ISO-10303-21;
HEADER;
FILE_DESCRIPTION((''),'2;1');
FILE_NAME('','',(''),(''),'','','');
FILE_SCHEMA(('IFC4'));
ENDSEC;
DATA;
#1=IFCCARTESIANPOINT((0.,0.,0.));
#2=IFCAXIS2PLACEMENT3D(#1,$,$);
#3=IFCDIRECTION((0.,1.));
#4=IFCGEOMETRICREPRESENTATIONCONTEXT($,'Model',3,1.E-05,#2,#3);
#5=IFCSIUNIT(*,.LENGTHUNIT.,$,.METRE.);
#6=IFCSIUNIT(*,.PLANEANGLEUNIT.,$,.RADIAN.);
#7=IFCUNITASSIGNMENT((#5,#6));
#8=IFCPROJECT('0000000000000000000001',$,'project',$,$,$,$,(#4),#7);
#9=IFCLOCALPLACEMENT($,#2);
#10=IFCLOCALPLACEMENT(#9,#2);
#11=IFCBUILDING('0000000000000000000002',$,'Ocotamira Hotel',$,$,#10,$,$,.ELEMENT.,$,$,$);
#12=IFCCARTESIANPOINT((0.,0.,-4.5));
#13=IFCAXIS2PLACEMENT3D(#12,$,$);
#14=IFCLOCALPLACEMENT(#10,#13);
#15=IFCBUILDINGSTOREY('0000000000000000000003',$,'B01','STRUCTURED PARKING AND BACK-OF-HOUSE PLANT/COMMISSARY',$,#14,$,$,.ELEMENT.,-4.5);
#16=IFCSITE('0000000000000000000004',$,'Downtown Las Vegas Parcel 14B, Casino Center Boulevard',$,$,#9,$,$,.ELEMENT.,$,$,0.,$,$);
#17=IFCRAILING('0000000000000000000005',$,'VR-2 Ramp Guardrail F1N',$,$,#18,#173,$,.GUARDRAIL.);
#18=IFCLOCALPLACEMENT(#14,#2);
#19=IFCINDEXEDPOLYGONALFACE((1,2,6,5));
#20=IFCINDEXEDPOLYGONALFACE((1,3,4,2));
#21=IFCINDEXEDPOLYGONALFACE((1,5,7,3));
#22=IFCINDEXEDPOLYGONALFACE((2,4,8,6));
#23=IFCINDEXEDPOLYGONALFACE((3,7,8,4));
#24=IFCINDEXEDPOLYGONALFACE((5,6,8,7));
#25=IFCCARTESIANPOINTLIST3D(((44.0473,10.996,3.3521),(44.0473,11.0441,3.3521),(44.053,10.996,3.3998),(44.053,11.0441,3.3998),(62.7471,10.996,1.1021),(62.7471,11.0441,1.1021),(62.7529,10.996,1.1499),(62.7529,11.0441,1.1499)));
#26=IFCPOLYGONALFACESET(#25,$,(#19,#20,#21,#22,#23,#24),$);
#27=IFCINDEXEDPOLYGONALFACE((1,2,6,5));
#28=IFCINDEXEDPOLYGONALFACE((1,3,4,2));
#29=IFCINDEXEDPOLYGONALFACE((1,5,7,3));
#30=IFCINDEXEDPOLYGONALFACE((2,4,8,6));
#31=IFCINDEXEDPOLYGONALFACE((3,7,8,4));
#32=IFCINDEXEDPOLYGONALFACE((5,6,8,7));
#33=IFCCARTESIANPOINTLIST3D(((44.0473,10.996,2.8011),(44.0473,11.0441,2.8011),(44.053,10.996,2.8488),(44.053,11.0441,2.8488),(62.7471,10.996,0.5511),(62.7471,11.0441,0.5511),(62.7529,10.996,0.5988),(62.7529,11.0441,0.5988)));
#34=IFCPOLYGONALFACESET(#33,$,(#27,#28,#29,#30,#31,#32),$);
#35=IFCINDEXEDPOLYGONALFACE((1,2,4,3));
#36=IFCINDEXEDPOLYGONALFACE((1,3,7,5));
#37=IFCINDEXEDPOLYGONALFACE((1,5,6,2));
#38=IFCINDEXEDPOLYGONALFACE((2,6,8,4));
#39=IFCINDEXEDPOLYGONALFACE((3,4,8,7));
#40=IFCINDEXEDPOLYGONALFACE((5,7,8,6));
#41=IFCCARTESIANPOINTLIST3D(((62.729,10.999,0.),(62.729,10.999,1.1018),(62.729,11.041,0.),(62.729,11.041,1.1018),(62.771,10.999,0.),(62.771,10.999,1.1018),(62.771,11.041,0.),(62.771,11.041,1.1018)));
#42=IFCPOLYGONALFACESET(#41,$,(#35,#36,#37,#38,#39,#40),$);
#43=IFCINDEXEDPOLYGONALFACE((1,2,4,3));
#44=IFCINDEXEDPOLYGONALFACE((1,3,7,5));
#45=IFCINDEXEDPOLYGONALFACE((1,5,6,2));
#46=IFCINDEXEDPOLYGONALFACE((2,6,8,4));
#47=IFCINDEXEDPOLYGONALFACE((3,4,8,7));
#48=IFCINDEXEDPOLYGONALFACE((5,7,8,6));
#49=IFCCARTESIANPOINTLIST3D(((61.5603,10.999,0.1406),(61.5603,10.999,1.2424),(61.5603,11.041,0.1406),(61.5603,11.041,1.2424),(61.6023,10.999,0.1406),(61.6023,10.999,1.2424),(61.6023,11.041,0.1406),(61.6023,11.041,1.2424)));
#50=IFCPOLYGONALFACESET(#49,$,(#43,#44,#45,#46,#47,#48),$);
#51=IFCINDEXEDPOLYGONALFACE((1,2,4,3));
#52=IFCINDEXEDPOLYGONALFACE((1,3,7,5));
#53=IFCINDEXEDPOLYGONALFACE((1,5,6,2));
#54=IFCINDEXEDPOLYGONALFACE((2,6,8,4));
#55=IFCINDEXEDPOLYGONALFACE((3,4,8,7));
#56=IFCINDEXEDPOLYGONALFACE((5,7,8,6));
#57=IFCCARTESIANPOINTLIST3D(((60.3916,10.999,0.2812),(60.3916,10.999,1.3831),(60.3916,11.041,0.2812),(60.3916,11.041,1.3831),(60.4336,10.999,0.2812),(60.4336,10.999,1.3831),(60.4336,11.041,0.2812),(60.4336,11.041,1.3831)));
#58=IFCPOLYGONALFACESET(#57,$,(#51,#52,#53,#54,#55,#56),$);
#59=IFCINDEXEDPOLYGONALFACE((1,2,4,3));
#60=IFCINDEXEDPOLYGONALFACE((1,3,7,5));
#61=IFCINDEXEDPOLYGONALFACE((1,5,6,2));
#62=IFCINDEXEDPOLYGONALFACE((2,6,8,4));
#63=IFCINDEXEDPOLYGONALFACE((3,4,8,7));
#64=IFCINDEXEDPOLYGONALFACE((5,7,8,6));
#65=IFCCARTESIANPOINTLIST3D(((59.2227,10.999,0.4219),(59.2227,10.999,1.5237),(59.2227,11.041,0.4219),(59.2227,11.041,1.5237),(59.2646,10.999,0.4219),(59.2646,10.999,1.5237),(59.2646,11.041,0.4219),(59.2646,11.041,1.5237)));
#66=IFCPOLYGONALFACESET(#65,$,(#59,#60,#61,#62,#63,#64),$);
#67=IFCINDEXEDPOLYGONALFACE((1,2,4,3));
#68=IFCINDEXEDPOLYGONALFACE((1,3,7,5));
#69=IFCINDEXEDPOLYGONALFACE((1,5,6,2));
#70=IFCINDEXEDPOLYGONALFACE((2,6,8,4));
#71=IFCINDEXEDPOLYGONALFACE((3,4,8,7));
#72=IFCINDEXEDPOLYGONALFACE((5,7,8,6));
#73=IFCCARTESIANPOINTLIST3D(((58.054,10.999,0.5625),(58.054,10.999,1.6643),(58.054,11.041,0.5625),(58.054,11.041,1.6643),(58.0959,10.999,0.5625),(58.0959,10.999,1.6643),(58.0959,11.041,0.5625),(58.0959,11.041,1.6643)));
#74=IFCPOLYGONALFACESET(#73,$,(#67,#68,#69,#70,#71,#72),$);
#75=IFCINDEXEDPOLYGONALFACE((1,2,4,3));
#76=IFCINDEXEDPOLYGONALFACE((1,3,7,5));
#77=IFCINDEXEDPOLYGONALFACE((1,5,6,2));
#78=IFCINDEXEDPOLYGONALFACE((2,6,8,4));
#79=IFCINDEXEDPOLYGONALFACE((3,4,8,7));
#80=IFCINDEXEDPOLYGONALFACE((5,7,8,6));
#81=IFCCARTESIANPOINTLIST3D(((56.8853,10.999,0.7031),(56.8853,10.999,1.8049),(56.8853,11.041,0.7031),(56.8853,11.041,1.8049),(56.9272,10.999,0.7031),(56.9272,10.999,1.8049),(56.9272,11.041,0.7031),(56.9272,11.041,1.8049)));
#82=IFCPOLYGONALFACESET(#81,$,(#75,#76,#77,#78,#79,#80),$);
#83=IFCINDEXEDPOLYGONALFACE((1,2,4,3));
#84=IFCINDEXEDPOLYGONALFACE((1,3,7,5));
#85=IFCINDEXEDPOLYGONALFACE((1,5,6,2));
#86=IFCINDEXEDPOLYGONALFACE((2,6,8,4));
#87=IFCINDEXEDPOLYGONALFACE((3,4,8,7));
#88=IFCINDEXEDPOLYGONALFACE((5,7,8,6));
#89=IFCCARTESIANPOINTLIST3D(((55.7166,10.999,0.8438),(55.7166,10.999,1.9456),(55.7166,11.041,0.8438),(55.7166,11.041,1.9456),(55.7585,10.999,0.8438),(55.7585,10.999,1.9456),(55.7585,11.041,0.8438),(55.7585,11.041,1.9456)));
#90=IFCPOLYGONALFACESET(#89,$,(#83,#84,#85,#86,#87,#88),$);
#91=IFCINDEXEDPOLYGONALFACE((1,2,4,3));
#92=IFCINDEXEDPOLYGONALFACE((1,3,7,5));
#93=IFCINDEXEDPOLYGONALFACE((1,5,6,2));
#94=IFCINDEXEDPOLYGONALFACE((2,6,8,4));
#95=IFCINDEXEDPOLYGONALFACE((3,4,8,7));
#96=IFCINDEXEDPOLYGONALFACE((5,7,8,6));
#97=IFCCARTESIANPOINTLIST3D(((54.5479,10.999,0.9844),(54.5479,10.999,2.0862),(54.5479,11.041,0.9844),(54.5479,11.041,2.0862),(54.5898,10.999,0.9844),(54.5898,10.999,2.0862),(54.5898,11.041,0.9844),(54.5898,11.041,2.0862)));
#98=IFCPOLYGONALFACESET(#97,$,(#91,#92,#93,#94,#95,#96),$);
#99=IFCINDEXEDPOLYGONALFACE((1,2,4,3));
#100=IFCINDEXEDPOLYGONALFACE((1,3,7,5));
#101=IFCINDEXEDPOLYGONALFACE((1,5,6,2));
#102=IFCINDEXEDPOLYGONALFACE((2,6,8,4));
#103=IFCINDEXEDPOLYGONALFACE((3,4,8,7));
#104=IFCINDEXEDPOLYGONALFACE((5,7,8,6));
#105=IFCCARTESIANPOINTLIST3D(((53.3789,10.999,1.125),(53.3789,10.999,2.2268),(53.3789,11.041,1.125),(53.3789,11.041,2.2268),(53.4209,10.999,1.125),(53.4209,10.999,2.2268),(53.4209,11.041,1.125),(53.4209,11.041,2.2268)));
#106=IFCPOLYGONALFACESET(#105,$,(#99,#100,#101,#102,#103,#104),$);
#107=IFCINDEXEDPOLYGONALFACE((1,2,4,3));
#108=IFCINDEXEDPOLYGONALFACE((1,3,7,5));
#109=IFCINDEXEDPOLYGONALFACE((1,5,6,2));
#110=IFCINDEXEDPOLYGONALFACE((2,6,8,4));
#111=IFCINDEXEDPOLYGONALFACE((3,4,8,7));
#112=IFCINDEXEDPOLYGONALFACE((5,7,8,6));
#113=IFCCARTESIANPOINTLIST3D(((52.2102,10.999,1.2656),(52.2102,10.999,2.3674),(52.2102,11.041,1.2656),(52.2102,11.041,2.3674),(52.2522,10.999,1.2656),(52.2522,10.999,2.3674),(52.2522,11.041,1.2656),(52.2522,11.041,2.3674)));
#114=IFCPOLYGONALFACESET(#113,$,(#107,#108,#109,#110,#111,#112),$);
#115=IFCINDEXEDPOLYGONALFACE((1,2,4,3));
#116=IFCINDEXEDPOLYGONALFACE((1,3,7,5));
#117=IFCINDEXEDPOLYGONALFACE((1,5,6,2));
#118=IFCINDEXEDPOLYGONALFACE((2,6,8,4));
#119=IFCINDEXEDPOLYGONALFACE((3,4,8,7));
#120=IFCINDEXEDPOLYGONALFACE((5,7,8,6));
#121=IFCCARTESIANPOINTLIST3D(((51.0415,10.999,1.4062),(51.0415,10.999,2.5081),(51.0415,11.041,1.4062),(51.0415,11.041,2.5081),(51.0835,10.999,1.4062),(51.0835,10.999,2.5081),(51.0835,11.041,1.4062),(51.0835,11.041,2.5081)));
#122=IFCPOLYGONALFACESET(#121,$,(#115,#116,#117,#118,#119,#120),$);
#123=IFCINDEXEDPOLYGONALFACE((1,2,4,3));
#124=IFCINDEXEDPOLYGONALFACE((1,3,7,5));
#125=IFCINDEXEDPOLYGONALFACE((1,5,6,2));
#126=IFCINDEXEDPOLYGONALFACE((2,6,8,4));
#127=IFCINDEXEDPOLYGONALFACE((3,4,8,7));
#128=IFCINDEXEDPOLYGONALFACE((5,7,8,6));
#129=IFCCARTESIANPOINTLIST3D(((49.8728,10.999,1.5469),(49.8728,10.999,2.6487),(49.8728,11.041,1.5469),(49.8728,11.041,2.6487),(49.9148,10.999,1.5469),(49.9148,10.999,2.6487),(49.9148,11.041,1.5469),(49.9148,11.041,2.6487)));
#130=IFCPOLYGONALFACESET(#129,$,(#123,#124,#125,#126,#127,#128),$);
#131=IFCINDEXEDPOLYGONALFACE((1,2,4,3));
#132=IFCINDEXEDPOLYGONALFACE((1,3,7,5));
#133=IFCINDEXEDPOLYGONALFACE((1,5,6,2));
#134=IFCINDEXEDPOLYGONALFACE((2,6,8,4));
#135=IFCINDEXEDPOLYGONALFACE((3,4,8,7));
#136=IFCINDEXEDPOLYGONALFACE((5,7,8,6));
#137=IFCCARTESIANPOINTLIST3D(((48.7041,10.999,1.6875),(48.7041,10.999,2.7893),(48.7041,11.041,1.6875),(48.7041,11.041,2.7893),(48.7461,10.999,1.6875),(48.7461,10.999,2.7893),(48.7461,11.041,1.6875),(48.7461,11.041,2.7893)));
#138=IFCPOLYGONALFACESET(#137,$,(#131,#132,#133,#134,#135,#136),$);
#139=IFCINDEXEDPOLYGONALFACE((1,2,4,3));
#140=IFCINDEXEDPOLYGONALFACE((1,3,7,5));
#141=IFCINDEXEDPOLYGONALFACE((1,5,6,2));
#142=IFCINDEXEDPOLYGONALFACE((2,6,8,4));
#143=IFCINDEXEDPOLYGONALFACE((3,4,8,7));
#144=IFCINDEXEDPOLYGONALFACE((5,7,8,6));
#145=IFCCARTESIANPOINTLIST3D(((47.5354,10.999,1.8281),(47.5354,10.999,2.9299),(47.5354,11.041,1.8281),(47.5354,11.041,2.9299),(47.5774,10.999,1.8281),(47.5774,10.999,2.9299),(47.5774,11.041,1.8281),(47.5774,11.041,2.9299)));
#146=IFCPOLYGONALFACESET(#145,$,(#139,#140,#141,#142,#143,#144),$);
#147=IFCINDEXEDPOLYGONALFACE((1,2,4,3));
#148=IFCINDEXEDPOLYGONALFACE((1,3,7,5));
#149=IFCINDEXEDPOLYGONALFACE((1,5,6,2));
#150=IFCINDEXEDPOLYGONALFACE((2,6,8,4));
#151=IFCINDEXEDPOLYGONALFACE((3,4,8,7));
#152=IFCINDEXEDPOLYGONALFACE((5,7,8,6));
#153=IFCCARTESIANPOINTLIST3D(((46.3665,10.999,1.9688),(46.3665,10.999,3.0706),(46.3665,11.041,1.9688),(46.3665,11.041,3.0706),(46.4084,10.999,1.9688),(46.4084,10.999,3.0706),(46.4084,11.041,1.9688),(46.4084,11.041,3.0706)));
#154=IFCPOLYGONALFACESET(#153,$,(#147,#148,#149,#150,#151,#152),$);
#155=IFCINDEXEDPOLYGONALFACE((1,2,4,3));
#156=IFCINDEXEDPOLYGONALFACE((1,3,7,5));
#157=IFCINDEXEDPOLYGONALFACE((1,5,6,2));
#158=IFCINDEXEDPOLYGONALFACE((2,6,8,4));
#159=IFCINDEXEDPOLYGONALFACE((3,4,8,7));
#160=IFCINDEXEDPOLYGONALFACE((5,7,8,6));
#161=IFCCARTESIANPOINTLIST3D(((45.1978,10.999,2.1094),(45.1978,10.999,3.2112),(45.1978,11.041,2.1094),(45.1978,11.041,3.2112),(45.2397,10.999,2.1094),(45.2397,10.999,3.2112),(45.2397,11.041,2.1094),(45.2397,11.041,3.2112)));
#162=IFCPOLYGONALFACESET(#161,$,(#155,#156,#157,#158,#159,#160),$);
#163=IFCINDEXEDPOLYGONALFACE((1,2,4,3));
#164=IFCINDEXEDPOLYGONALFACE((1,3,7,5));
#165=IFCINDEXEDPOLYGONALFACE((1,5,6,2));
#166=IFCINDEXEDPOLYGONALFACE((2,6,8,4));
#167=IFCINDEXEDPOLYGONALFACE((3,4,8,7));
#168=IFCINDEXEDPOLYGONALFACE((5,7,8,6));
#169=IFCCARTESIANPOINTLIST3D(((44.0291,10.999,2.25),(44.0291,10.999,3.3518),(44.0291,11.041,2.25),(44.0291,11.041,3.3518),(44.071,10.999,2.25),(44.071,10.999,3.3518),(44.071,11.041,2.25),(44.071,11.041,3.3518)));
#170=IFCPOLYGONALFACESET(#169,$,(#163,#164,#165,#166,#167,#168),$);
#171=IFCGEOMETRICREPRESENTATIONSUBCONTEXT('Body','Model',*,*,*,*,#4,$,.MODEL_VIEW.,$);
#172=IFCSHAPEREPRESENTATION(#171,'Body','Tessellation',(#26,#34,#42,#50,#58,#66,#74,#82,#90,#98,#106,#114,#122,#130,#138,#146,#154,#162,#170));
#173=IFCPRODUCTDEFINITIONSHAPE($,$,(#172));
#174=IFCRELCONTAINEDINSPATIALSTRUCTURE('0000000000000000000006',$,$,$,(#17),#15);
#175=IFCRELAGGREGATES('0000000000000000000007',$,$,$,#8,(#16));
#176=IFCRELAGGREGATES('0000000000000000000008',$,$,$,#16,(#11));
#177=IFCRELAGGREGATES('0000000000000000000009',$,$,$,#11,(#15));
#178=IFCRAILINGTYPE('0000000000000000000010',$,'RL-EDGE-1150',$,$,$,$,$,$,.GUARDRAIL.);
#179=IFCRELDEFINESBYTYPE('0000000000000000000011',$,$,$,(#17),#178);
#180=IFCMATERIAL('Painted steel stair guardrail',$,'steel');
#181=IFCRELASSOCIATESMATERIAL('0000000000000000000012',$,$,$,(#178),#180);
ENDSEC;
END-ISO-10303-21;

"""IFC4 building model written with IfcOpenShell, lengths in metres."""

from ifc_helpers import new_model, si_unit, direction, frame, origin, origin_2d, place, context, subcontext, project, spatial, rectangle, extrude, material, type_object, element, save


model = new_model("IFC4")

# Units and contexts
model_context = context("Model", 3, precision=1e-05, world=origin(), true_north=direction((0.0, 1.0)))
body_context = subcontext(model_context, "Body", "Model", "MODEL_VIEW")
ifc_project = project(units=[si_unit("LENGTHUNIT", "METRE"), si_unit("PLANEANGLEUNIT", "RADIAN")], contexts=[model_context])

# Site, building, storey
site_placement = place(None, origin())
site = spatial("IfcSite", under=ifc_project, at=site_placement, Name="Downtown Las Vegas Parcel 14B, Casino Center Boulevard", CompositionType="ELEMENT", RefElevation=0.0)
building_placement = place(site_placement, origin())
building = spatial("IfcBuilding", under=site, at=building_placement, Name="Ocotamira Hotel", CompositionType="ELEMENT")
storey_placement = place(building_placement, frame((0.0, 0.0, -4.5)))
storey = spatial("IfcBuildingStorey", under=building, at=storey_placement, Name="B01", Description="STRUCTURED PARKING AND BACK-OF-HOUSE PLANT/COMMISSARY", CompositionType="ELEMENT", Elevation=-4.5)

# Railing
ifc_material_1 = material(Name="Painted steel stair guardrail", Category="steel")
railing_type = type_object("IfcRailingType", Name="RL-EDGE-1150", PredefinedType="GUARDRAIL", material=ifc_material_1)
railing_1_placement = place(storey_placement, frame((62.75, 11.02, 0.0)))
element("IfcRailing", 1, at=railing_1_placement, inside=storey, type_object=railing_type, Name="VR-2 Ramp Guardrail F1N", PredefinedType="GUARDRAIL", context=body_context, shape_type="SweptSolid", body=[
    extrude(rectangle(XDim=0.0481, YDim=0.0481, at=origin_2d()), frame((0.0, 0.0, 1.126), z_axis=(-0.992839, 0.0, 0.11946), x_axis=(0.0, -1.0, 0.0)), (0.0, 0.0, 1.0), 18.8347),
    extrude(rectangle(XDim=0.0481, YDim=0.0481, at=origin_2d()), frame((0.0, 0.0, 0.575), z_axis=(-0.992839, 0.0, 0.11946), x_axis=(0.0, -1.0, 0.0)), (0.0, 0.0, 1.0), 18.8347),
    extrude(rectangle(XDim=0.042, YDim=0.042, at=origin_2d()), origin(), (0.0, 0.0, 1.0), 1.1018),
    extrude(rectangle(XDim=0.042, YDim=0.042, at=origin_2d()), frame((-1.1687, 0.0, 0.1406)), (0.0, 0.0, 1.0), 1.1018),
    extrude(rectangle(XDim=0.042, YDim=0.042, at=origin_2d()), frame((-2.3374, 0.0, 0.2812)), (0.0, 0.0, 1.0), 1.1018),
    extrude(rectangle(XDim=0.042, YDim=0.042, at=origin_2d()), frame((-3.5063, 0.0, 0.4219)), (0.0, 0.0, 1.0), 1.1018),
    extrude(rectangle(XDim=0.042, YDim=0.042, at=origin_2d()), frame((-4.675, 0.0, 0.5625)), (0.0, 0.0, 1.0), 1.1018),
    extrude(rectangle(XDim=0.042, YDim=0.042, at=origin_2d()), frame((-5.8438, 0.0, 0.7031)), (0.0, 0.0, 1.0), 1.1018),
    extrude(rectangle(XDim=0.042, YDim=0.042, at=origin_2d()), frame((-7.0125, 0.0, 0.8438)), (0.0, 0.0, 1.0), 1.1018),
    extrude(rectangle(XDim=0.042, YDim=0.042, at=origin_2d()), frame((-8.1812, 0.0, 0.9844)), (0.0, 0.0, 1.0), 1.1018),
    extrude(rectangle(XDim=0.042, YDim=0.042, at=origin_2d()), frame((-9.3501, 0.0, 1.125)), (0.0, 0.0, 1.0), 1.1018),
    extrude(rectangle(XDim=0.042, YDim=0.042, at=origin_2d()), frame((-10.5188, 0.0, 1.2656)), (0.0, 0.0, 1.0), 1.1018),
    extrude(rectangle(XDim=0.042, YDim=0.042, at=origin_2d()), frame((-11.6875, 0.0, 1.4062)), (0.0, 0.0, 1.0), 1.1018),
    extrude(rectangle(XDim=0.042, YDim=0.042, at=origin_2d()), frame((-12.8562, 0.0, 1.5469)), (0.0, 0.0, 1.0), 1.1018),
    extrude(rectangle(XDim=0.042, YDim=0.042, at=origin_2d()), frame((-14.0249, 0.0, 1.6875)), (0.0, 0.0, 1.0), 1.1018),
    extrude(rectangle(XDim=0.042, YDim=0.042, at=origin_2d()), frame((-15.1936, 0.0, 1.8281)), (0.0, 0.0, 1.0), 1.1018),
    extrude(rectangle(XDim=0.042, YDim=0.042, at=origin_2d()), frame((-16.3625, 0.0, 1.9688)), (0.0, 0.0, 1.0), 1.1018),
    extrude(rectangle(XDim=0.042, YDim=0.042, at=origin_2d()), frame((-17.5312, 0.0, 2.1094)), (0.0, 0.0, 1.0), 1.1018),
    extrude(rectangle(XDim=0.042, YDim=0.042, at=origin_2d()), frame((-18.7, 0.0, 2.25)), (0.0, 0.0, 1.0), 1.1018),
])

save(model, "model.ifc")
